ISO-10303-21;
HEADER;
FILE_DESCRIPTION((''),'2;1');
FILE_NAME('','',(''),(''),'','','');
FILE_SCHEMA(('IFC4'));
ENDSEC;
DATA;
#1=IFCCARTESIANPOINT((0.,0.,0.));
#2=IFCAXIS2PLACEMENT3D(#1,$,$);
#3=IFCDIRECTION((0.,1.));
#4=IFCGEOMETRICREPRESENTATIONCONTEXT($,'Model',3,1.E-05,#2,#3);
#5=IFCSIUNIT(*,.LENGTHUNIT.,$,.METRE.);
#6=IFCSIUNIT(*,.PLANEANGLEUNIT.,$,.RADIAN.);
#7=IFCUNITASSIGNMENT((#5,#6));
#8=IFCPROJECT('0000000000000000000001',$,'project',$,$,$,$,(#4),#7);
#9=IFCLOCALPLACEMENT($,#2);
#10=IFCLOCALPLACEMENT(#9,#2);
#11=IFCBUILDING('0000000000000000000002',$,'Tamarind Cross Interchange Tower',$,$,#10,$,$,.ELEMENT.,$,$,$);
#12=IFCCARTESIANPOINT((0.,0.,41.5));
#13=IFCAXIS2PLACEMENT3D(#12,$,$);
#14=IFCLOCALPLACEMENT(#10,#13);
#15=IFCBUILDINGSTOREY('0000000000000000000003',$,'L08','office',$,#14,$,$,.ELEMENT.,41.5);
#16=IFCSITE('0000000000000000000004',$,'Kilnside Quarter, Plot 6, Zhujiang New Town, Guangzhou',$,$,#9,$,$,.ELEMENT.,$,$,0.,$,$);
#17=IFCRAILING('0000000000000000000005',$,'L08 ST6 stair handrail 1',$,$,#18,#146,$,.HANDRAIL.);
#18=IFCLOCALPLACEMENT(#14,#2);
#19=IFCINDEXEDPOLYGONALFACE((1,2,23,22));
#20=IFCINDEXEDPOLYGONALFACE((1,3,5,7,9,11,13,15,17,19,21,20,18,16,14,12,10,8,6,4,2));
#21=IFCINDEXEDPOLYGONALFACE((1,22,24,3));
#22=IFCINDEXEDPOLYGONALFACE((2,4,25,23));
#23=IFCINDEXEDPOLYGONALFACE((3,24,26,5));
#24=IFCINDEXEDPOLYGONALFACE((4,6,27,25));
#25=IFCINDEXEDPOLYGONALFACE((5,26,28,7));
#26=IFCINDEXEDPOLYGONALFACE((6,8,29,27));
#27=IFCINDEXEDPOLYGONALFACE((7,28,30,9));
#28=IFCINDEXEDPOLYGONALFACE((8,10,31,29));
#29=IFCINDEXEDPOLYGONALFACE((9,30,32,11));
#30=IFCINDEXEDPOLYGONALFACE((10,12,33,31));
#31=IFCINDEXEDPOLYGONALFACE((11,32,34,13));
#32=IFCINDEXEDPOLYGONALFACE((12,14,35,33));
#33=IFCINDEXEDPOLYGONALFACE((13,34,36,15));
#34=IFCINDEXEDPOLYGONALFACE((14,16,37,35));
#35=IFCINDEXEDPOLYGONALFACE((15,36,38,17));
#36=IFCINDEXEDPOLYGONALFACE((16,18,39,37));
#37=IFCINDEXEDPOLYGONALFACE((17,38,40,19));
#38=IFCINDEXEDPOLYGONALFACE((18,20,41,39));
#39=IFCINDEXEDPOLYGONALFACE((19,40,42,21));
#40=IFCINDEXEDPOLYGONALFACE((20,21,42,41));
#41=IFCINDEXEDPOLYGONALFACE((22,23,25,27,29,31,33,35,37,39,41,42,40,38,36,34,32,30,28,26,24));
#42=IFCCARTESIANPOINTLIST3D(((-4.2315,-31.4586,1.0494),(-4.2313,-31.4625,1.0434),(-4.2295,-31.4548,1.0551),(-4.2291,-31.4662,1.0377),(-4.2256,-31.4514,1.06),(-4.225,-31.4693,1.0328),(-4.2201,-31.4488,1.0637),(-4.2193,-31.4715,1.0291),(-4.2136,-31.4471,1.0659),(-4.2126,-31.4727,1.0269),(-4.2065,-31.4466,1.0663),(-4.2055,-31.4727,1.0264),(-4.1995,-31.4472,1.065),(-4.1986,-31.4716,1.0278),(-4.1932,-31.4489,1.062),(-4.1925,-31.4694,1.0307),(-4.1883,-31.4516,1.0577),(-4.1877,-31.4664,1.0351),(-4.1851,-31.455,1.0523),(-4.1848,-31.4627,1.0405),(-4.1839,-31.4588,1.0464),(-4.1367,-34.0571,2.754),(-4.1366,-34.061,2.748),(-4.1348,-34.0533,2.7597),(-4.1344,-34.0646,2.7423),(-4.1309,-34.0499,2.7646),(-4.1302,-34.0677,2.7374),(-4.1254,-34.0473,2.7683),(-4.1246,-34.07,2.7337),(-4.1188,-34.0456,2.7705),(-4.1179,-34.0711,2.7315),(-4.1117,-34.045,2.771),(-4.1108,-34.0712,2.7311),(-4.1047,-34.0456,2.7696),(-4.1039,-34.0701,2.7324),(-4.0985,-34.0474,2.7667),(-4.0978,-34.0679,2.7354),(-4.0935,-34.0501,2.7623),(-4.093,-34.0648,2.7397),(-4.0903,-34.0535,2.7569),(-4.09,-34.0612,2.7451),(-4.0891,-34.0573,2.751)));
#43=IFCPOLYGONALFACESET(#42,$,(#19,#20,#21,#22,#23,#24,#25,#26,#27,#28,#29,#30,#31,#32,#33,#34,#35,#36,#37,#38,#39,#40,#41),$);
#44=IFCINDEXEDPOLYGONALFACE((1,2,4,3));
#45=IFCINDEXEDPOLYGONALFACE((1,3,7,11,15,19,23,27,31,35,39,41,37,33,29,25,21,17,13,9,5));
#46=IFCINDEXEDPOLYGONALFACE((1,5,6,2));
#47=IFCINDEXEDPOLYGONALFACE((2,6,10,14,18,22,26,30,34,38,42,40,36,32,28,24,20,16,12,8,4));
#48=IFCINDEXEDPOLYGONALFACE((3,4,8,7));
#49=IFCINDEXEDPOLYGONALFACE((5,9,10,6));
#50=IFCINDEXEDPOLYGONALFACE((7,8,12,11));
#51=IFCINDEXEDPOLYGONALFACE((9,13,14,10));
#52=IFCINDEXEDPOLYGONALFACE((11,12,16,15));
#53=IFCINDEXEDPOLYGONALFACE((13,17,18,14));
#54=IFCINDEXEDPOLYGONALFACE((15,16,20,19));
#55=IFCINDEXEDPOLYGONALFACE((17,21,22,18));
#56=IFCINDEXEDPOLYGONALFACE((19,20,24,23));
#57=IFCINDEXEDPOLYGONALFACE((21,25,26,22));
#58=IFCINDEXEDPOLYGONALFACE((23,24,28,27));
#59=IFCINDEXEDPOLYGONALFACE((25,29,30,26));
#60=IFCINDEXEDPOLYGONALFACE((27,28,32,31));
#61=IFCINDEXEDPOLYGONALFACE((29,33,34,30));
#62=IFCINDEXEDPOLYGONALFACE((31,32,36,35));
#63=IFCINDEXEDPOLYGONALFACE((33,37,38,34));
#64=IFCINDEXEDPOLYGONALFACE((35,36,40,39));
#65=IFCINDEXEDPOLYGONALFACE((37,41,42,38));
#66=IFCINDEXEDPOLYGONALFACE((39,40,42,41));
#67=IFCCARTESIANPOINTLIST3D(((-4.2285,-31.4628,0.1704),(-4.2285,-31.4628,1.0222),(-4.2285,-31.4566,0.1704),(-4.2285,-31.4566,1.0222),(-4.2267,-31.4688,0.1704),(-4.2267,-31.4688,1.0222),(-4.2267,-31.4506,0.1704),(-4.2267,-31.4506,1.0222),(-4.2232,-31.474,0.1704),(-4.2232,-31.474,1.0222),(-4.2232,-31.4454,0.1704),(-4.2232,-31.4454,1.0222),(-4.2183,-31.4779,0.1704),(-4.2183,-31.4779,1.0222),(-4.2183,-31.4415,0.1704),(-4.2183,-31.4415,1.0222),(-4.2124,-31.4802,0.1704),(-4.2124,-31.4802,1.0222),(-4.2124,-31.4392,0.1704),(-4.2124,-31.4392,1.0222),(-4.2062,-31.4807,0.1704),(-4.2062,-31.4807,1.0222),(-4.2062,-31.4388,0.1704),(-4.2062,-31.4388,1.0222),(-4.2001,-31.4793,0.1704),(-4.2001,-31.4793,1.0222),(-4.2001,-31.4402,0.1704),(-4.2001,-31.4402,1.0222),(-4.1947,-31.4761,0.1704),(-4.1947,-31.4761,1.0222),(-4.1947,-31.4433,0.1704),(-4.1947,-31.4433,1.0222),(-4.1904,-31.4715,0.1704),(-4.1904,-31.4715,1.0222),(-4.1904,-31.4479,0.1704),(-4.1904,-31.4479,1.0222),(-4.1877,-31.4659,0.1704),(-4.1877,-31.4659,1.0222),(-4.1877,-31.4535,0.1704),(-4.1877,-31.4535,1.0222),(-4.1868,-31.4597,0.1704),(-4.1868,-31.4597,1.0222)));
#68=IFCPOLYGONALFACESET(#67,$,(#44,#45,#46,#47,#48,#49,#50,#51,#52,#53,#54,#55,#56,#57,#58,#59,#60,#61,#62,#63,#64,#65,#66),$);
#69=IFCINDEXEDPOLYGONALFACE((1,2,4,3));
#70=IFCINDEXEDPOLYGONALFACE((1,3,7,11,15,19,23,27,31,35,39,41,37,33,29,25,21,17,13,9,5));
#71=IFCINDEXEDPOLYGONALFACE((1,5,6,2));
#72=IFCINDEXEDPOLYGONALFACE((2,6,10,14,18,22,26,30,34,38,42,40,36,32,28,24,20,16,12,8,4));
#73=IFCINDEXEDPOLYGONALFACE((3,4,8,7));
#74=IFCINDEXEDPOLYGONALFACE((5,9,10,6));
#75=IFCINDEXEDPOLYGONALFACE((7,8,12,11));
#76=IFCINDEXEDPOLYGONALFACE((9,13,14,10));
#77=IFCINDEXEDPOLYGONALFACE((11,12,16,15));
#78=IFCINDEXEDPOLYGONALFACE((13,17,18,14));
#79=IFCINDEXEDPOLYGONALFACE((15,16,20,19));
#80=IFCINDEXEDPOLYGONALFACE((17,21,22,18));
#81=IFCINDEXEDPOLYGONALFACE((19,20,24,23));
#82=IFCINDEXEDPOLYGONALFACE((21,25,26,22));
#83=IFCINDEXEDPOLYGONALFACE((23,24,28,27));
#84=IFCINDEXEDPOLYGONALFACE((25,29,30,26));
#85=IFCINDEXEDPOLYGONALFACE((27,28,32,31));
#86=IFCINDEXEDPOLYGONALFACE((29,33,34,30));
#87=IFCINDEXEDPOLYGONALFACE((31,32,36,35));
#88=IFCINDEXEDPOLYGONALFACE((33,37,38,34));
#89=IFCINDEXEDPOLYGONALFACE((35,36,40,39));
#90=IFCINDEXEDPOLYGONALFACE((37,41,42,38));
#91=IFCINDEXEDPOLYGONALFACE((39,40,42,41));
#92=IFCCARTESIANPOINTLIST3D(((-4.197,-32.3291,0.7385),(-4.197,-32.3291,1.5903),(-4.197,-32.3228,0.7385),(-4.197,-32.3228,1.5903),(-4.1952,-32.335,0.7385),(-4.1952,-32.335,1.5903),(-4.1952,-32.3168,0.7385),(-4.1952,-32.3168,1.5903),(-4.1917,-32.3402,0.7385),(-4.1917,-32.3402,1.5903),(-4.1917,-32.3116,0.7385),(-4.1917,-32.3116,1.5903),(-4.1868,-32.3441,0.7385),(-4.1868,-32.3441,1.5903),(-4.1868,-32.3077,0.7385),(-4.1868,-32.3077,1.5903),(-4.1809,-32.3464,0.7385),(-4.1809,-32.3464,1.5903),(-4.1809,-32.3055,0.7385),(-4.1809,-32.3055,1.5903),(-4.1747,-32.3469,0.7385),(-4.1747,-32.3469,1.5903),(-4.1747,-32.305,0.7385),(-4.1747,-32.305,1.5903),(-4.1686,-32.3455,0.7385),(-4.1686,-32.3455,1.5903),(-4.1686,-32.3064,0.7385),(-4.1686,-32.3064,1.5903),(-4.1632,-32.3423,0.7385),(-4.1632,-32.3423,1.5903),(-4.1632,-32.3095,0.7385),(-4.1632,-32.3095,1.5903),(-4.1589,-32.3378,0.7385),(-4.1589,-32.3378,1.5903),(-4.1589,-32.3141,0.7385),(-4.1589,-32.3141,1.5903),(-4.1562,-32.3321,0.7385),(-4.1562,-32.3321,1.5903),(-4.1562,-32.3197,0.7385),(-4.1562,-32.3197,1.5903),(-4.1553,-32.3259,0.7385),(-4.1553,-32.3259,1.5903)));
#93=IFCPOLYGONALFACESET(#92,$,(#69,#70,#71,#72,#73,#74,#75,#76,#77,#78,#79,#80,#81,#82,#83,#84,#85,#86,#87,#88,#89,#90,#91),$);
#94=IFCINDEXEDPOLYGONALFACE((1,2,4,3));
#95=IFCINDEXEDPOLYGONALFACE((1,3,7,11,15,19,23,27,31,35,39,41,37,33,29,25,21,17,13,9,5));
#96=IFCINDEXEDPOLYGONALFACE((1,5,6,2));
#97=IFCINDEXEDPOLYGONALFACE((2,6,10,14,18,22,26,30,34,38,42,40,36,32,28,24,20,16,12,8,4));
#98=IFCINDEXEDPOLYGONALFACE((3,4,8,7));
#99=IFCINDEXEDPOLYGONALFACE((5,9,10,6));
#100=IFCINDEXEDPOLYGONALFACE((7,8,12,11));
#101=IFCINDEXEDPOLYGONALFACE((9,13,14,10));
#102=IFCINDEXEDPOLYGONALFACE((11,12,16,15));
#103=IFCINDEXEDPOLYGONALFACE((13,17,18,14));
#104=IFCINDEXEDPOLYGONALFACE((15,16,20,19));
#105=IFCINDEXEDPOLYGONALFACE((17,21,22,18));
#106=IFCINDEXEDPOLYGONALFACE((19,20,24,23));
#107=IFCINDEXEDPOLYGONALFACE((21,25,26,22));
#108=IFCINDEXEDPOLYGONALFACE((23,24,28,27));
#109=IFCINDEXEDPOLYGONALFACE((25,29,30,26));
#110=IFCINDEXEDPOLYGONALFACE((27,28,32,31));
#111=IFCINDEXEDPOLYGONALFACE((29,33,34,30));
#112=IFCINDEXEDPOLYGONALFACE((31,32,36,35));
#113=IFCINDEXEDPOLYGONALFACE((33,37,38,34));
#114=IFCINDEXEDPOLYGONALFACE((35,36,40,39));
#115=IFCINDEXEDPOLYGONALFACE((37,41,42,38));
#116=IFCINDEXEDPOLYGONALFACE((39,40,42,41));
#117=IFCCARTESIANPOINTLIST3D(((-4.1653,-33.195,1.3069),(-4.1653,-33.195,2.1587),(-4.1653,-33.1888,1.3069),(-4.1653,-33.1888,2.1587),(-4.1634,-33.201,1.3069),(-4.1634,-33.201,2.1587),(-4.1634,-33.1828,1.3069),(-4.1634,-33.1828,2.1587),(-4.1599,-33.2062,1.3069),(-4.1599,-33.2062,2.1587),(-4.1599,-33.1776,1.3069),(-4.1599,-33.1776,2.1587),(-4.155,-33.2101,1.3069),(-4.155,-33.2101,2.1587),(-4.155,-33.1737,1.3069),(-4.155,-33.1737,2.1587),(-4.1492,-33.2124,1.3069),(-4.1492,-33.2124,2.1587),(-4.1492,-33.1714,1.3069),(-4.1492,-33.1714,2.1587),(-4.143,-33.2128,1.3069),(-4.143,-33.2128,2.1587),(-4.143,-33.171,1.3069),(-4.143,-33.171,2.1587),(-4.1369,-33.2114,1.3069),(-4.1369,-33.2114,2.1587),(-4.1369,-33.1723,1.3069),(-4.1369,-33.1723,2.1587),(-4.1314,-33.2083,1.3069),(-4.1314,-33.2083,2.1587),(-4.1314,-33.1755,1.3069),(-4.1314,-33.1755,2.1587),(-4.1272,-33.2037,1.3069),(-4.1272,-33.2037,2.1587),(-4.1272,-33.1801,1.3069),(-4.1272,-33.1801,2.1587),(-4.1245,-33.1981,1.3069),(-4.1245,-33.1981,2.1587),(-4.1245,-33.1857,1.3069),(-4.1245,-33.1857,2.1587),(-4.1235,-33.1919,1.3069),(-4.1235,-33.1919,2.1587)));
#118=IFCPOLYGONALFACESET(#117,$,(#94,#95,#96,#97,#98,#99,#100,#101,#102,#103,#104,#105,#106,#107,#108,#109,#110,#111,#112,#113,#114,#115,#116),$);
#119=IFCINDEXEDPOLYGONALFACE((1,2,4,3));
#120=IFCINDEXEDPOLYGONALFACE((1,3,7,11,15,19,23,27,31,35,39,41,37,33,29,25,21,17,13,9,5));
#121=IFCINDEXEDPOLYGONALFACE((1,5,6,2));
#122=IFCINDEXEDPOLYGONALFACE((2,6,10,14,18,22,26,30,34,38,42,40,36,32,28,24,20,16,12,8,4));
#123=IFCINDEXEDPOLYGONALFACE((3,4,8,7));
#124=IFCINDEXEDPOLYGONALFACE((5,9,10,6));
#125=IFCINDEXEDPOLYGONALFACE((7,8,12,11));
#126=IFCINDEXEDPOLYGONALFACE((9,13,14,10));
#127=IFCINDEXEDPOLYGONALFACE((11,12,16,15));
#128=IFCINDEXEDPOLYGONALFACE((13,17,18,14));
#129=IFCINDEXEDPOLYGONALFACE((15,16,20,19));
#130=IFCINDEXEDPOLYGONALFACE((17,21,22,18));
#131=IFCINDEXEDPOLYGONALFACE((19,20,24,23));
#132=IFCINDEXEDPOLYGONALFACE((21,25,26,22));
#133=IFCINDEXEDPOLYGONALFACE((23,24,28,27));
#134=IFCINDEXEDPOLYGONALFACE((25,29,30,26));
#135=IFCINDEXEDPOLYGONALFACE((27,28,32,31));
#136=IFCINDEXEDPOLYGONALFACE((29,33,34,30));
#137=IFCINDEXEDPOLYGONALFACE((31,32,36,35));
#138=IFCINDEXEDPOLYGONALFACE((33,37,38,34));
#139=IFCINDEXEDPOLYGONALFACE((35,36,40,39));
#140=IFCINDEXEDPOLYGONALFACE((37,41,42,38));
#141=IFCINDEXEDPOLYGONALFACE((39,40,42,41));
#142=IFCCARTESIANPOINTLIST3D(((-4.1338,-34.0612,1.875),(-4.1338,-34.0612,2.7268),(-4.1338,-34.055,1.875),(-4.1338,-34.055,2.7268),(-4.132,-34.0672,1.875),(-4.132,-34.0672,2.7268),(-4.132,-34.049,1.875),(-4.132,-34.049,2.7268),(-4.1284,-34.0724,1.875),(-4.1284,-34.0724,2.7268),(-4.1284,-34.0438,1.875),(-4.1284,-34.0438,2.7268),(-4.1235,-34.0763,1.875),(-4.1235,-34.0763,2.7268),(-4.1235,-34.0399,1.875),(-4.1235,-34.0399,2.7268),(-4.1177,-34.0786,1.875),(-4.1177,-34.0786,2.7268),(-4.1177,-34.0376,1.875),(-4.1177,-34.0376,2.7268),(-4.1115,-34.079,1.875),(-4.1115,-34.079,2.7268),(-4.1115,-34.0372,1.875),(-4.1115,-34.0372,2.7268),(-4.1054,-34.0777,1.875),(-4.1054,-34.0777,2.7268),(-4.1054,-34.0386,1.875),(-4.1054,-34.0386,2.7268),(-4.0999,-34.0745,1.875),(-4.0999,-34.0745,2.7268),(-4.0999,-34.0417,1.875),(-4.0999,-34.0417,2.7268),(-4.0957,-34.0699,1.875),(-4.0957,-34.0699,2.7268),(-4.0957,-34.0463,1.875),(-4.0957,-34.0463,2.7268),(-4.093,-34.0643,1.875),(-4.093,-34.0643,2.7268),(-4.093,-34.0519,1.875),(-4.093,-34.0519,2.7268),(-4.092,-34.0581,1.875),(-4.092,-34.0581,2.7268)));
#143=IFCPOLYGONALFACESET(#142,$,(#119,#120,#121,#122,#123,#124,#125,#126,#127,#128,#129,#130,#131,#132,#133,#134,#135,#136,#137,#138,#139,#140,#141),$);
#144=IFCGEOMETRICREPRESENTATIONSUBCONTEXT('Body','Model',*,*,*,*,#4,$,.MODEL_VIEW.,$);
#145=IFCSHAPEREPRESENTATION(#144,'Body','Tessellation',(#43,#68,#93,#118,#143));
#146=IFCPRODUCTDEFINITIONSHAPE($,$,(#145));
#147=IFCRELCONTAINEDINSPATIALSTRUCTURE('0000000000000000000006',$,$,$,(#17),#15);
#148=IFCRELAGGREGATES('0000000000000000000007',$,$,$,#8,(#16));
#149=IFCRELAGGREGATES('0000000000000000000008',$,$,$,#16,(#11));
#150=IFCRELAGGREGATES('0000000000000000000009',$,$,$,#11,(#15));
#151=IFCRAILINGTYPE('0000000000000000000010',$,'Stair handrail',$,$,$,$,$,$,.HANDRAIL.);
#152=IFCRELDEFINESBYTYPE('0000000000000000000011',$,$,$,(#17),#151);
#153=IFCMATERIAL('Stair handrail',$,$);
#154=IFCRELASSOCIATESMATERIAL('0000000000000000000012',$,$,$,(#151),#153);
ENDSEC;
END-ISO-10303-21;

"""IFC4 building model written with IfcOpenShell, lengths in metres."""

from ifc_helpers import new_model, si_unit, direction, frame, origin, origin_2d, place, context, subcontext, project, spatial, circle, extrude, material, type_object, element, save


model = new_model("IFC4")

# Units and contexts
model_context = context("Model", 3, precision=1e-05, world=origin(), true_north=direction((0.0, 1.0)))
body_context = subcontext(model_context, "Body", "Model", "MODEL_VIEW")
ifc_project = project(units=[si_unit("LENGTHUNIT", "METRE"), si_unit("PLANEANGLEUNIT", "RADIAN")], contexts=[model_context])

# Site, building, storey
site_placement = place(None, origin())
site = spatial("IfcSite", under=ifc_project, at=site_placement, Name="Kilnside Quarter, Plot 6, Zhujiang New Town, Guangzhou", CompositionType="ELEMENT", RefElevation=0.0)
building_placement = place(site_placement, origin())
building = spatial("IfcBuilding", under=site, at=building_placement, Name="Tamarind Cross Interchange Tower", CompositionType="ELEMENT")
storey_placement = place(building_placement, frame((0.0, 0.0, 41.5)))
storey = spatial("IfcBuildingStorey", under=building, at=storey_placement, Name="L08", Description="office", CompositionType="ELEMENT", Elevation=41.5)

# Railing
ifc_material_1 = material(Name="Stair handrail")
railing_type_1 = type_object("IfcRailingType", Name="Stair handrail", PredefinedType="HANDRAIL", material=ifc_material_1)
railing_1_placement = place(storey_placement, frame((-4.2078, -31.4597, 0.1704)))
element("IfcRailing", 1, at=railing_1_placement, inside=storey, type_object=railing_type_1, Name="L08 ST6 stair handrail 1", PredefinedType="HANDRAIL", context=body_context, shape_type="SweptSolid", body=[
    extrude(circle(Radius=0.0239, at=origin_2d()), frame((0.0, 0.0, 0.876), z_axis=(0.030468, -0.835749, 0.548266), x_axis=(0.999336, 0.036432, 0.0)), (0.0, 0.0, 1.0), 3.1091),
    extrude(circle(Radius=0.021, at=origin_2d()), origin(), (0.0, 0.0, 1.0), 0.8518),
    extrude(circle(Radius=0.021, at=origin_2d()), frame((0.0315, -0.8662, 0.5681)), (0.0, 0.0, 1.0), 0.8518),
    extrude(circle(Radius=0.021, at=origin_2d()), frame((0.0632, -1.7322, 1.1365)), (0.0, 0.0, 1.0), 0.8518),
    extrude(circle(Radius=0.021, at=origin_2d()), frame((0.0947, -2.5984, 1.7046)), (0.0, 0.0, 1.0), 0.8518),
])

save(model, "model.ifc")
